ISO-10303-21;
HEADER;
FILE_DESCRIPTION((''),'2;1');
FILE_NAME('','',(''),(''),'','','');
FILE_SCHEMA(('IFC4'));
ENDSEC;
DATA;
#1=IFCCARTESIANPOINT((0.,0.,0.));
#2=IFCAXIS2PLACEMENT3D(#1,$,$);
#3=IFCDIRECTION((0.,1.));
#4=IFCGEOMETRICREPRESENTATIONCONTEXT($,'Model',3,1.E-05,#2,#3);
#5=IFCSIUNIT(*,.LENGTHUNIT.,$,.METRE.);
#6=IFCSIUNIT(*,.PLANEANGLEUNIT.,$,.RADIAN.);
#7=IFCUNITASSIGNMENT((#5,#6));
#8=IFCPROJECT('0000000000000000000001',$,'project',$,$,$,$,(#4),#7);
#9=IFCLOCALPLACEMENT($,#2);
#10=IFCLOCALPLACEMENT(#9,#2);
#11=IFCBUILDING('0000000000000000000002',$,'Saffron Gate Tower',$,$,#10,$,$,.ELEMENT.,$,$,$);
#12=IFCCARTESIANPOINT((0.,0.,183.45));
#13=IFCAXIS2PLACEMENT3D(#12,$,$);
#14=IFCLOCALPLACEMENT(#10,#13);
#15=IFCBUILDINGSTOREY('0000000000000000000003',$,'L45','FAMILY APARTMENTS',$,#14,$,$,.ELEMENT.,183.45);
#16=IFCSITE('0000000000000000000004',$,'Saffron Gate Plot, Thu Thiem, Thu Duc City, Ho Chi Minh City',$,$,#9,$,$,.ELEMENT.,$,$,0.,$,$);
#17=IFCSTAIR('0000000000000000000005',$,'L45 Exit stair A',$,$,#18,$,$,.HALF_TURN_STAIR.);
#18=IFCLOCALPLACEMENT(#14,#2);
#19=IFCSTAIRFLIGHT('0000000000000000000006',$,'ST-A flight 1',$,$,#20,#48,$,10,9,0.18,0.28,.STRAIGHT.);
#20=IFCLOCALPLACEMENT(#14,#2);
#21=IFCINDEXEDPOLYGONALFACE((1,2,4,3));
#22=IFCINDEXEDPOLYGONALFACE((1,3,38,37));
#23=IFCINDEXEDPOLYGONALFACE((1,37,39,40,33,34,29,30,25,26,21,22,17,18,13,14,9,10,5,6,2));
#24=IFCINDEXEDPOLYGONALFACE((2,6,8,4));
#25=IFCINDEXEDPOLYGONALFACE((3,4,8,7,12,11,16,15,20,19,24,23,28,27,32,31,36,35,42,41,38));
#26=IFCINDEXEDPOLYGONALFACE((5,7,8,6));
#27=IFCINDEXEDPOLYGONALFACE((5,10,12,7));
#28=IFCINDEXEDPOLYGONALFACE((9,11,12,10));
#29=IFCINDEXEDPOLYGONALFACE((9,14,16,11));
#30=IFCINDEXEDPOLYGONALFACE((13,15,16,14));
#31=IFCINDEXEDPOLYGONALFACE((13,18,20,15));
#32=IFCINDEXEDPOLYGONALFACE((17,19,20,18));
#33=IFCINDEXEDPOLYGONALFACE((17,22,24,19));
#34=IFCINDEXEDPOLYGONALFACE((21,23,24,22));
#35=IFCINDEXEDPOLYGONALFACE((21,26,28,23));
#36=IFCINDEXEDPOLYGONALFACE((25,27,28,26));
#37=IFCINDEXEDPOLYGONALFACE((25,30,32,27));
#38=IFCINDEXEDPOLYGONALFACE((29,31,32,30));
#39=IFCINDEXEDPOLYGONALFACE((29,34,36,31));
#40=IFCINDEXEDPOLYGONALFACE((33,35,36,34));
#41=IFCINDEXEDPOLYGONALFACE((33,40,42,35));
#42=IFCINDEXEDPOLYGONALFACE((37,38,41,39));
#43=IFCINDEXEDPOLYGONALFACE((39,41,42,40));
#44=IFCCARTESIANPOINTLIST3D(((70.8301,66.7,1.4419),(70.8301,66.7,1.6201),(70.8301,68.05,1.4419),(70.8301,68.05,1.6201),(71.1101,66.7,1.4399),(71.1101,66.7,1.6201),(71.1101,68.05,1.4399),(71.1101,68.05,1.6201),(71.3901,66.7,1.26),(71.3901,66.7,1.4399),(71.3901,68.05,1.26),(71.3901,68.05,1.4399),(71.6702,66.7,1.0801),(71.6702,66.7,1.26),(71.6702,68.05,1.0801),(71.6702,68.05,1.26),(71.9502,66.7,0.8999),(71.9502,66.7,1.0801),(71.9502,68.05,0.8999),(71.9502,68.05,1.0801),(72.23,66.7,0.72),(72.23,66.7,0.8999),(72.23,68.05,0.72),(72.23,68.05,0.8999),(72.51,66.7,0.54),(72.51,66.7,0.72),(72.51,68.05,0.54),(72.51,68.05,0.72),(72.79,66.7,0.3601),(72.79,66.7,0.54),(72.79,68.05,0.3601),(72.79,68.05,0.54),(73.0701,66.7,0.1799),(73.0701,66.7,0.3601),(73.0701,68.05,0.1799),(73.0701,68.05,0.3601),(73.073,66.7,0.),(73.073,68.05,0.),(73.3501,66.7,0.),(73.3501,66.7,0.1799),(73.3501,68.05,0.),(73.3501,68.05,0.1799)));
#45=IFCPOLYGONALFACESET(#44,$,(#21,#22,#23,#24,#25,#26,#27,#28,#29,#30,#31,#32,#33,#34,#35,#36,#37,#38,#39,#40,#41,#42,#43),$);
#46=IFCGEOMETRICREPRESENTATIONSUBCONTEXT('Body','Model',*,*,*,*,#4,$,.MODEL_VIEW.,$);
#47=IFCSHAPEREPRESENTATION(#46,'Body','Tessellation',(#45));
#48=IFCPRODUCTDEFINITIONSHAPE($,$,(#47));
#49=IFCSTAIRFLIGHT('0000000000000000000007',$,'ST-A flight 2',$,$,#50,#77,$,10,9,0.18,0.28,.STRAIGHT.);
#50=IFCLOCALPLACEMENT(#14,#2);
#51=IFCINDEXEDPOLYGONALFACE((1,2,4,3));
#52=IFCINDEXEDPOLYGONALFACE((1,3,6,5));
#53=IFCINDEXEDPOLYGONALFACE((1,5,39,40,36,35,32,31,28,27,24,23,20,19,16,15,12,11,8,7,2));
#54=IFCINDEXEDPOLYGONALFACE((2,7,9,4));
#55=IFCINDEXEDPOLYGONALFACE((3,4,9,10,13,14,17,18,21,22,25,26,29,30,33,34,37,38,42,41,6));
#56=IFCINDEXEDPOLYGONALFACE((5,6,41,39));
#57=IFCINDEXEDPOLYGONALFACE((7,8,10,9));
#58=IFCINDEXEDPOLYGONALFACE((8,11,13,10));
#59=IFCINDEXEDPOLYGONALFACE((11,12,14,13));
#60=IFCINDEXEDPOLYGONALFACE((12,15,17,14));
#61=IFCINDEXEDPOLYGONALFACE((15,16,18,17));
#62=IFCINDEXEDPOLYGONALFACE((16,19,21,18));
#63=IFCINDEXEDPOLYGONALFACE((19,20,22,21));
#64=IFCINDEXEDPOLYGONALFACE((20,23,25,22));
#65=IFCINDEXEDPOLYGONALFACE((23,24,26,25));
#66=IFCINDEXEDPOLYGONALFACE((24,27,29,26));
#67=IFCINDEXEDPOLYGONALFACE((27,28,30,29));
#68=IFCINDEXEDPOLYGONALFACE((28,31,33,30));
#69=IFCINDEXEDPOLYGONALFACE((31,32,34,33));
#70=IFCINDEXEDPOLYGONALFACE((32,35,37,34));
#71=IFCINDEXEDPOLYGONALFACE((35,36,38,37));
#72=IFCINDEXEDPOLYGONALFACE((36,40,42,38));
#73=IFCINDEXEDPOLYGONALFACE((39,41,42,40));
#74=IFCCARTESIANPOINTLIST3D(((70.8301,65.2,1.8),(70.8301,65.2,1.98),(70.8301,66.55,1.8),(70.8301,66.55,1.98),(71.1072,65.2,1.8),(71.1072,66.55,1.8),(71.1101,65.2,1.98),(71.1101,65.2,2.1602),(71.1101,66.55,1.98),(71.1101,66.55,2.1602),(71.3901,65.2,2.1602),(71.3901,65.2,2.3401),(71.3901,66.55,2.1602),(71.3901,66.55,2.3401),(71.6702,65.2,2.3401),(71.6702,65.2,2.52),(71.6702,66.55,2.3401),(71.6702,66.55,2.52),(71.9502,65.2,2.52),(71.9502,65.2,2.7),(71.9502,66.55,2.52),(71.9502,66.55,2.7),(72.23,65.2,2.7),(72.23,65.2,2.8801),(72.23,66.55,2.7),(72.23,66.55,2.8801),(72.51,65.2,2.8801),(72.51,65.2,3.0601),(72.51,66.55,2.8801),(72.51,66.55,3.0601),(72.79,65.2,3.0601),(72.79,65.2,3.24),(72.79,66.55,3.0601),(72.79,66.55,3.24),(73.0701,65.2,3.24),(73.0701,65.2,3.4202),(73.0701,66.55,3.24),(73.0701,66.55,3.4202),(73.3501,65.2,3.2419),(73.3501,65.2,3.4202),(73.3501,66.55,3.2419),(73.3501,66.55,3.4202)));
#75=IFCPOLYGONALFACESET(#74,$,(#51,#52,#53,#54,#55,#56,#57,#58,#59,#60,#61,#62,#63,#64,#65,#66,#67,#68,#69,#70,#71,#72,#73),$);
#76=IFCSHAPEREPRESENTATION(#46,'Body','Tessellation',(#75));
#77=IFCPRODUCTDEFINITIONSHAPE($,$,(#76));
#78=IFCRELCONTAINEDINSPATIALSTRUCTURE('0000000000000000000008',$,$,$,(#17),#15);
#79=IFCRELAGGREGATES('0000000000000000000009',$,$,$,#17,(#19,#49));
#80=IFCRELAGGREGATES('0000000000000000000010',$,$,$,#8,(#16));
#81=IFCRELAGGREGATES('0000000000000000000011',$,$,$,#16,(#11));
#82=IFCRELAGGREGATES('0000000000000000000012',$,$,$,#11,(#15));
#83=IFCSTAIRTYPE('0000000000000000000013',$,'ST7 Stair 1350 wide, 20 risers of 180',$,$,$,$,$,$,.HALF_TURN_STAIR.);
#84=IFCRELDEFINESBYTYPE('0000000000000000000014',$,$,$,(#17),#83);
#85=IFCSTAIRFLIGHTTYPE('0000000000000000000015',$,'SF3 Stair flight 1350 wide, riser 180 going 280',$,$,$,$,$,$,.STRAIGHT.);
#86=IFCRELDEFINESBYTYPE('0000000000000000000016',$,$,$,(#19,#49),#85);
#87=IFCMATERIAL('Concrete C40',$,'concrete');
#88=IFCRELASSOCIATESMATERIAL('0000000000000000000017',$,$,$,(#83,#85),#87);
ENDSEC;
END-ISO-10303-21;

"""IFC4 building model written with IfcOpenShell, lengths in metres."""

from ifc_helpers import new_model, si_unit, direction, frame, origin, place, context, subcontext, project, spatial, polyline, outline, extrude, material, type_object, element, aggregate, save


model = new_model("IFC4")

# Units and contexts
model_context = context("Model", 3, precision=1e-05, world=origin(), true_north=direction((0.0, 1.0)))
body_context = subcontext(model_context, "Body", "Model", "MODEL_VIEW")
ifc_project = project(units=[si_unit("LENGTHUNIT", "METRE"), si_unit("PLANEANGLEUNIT", "RADIAN")], contexts=[model_context])

# Site, building, storey
site_placement = place(None, origin())
site = spatial("IfcSite", under=ifc_project, at=site_placement, Name="Saffron Gate Plot, Thu Thiem, Thu Duc City, Ho Chi Minh City", CompositionType="ELEMENT", RefElevation=0.0)
building_placement = place(site_placement, origin())
building = spatial("IfcBuilding", under=site, at=building_placement, Name="Saffron Gate Tower", CompositionType="ELEMENT")
storey_placement = place(building_placement, frame((0.0, 0.0, 183.45)))
storey = spatial("IfcBuildingStorey", under=building, at=storey_placement, Name="L45", Description="FAMILY APARTMENTS", CompositionType="ELEMENT", Elevation=183.45)

# Stair, stair flights
ifc_material_1 = material(Name="Concrete C40", Category="concrete")
stair_type = type_object("IfcStairType", Name="ST7 Stair 1350 wide, 20 risers of 180", PredefinedType="HALF_TURN_STAIR", material=ifc_material_1)
stair_placement = place(storey_placement, origin())
stair = element("IfcStair", 1, at=stair_placement, inside=storey, type_object=stair_type, Name="L45 Exit stair A", PredefinedType="HALF_TURN_STAIR")
stair_flight_type = type_object("IfcStairFlightType", Name="SF3 Stair flight 1350 wide, riser 180 going 280", PredefinedType="STRAIGHT", material=ifc_material_1)
stair_flight_1_placement = place(storey_placement, frame((73.3501, 67.375, 0.0), z_axis=(0.0, 0.0, 1.0), x_axis=(-1.0, 0.0, 0.0)))
stair_flight_1 = element("IfcStairFlight", 2, at=stair_flight_1_placement, type_object=stair_flight_type, Name="ST-A flight 1", NumberOfRisers=10, NumberOfTreads=9, PredefinedType="STRAIGHT", RiserHeight=0.18, TreadLength=0.28, context=body_context, shape_type="SweptSolid", body=[
    extrude(outline(polyline([(0.0, 0.0), (0.0, 0.1799), (0.28, 0.1799), (0.28, 0.3601), (0.5601, 0.3601), (0.5601, 0.54), (0.8401, 0.54), (0.8401, 0.72), (1.1201, 0.72), (1.1201, 0.8999), (1.3999, 0.8999), (1.3999, 1.0801), (1.6799, 1.0801), (1.6799, 1.26), (1.96, 1.26), (1.96, 1.4399), (2.24, 1.4399), (2.24, 1.6201), (2.52, 1.6201), (2.52, 1.8), (2.52, 1.4419), (0.2771, 0.0), (0.0, 0.0)])), frame((0.0, 0.675, 0.0), z_axis=(0.0, -1.0, 0.0), x_axis=(1.0, 0.0, 0.0)), (0.0, 0.0, 1.0), 1.3501),
])
stair_flight_2_placement = place(storey_placement, frame((70.8301, 65.875, 1.8), z_axis=(0.0, 0.0, 1.0), x_axis=(1.0, 0.0, 0.0)))
stair_flight_2 = element("IfcStairFlight", 3, at=stair_flight_2_placement, type_object=stair_flight_type, Name="ST-A flight 2", NumberOfRisers=10, NumberOfTreads=9, PredefinedType="STRAIGHT", RiserHeight=0.18, TreadLength=0.28, context=body_context, shape_type="SweptSolid", body=[
    extrude(outline(polyline([(0.0, 0.0), (0.0, 0.1799), (0.28, 0.1799), (0.28, 0.3601), (0.5601, 0.3601), (0.5601, 0.54), (0.8401, 0.54), (0.8401, 0.72), (1.1201, 0.72), (1.1201, 0.8999), (1.3999, 0.8999), (1.3999, 1.0801), (1.6799, 1.0801), (1.6799, 1.26), (1.96, 1.26), (1.96, 1.4399), (2.24, 1.4399), (2.24, 1.6201), (2.52, 1.6201), (2.52, 1.8), (2.52, 1.4419), (0.2771, 0.0), (0.0, 0.0)])), frame((0.0, 0.675, 0.0), z_axis=(0.0, -1.0, 0.0), x_axis=(1.0, 0.0, 0.0)), (0.0, 0.0, 1.0), 1.3501),
])
aggregate(stair, [stair_flight_1, stair_flight_2])

save(model, "model.ifc")
